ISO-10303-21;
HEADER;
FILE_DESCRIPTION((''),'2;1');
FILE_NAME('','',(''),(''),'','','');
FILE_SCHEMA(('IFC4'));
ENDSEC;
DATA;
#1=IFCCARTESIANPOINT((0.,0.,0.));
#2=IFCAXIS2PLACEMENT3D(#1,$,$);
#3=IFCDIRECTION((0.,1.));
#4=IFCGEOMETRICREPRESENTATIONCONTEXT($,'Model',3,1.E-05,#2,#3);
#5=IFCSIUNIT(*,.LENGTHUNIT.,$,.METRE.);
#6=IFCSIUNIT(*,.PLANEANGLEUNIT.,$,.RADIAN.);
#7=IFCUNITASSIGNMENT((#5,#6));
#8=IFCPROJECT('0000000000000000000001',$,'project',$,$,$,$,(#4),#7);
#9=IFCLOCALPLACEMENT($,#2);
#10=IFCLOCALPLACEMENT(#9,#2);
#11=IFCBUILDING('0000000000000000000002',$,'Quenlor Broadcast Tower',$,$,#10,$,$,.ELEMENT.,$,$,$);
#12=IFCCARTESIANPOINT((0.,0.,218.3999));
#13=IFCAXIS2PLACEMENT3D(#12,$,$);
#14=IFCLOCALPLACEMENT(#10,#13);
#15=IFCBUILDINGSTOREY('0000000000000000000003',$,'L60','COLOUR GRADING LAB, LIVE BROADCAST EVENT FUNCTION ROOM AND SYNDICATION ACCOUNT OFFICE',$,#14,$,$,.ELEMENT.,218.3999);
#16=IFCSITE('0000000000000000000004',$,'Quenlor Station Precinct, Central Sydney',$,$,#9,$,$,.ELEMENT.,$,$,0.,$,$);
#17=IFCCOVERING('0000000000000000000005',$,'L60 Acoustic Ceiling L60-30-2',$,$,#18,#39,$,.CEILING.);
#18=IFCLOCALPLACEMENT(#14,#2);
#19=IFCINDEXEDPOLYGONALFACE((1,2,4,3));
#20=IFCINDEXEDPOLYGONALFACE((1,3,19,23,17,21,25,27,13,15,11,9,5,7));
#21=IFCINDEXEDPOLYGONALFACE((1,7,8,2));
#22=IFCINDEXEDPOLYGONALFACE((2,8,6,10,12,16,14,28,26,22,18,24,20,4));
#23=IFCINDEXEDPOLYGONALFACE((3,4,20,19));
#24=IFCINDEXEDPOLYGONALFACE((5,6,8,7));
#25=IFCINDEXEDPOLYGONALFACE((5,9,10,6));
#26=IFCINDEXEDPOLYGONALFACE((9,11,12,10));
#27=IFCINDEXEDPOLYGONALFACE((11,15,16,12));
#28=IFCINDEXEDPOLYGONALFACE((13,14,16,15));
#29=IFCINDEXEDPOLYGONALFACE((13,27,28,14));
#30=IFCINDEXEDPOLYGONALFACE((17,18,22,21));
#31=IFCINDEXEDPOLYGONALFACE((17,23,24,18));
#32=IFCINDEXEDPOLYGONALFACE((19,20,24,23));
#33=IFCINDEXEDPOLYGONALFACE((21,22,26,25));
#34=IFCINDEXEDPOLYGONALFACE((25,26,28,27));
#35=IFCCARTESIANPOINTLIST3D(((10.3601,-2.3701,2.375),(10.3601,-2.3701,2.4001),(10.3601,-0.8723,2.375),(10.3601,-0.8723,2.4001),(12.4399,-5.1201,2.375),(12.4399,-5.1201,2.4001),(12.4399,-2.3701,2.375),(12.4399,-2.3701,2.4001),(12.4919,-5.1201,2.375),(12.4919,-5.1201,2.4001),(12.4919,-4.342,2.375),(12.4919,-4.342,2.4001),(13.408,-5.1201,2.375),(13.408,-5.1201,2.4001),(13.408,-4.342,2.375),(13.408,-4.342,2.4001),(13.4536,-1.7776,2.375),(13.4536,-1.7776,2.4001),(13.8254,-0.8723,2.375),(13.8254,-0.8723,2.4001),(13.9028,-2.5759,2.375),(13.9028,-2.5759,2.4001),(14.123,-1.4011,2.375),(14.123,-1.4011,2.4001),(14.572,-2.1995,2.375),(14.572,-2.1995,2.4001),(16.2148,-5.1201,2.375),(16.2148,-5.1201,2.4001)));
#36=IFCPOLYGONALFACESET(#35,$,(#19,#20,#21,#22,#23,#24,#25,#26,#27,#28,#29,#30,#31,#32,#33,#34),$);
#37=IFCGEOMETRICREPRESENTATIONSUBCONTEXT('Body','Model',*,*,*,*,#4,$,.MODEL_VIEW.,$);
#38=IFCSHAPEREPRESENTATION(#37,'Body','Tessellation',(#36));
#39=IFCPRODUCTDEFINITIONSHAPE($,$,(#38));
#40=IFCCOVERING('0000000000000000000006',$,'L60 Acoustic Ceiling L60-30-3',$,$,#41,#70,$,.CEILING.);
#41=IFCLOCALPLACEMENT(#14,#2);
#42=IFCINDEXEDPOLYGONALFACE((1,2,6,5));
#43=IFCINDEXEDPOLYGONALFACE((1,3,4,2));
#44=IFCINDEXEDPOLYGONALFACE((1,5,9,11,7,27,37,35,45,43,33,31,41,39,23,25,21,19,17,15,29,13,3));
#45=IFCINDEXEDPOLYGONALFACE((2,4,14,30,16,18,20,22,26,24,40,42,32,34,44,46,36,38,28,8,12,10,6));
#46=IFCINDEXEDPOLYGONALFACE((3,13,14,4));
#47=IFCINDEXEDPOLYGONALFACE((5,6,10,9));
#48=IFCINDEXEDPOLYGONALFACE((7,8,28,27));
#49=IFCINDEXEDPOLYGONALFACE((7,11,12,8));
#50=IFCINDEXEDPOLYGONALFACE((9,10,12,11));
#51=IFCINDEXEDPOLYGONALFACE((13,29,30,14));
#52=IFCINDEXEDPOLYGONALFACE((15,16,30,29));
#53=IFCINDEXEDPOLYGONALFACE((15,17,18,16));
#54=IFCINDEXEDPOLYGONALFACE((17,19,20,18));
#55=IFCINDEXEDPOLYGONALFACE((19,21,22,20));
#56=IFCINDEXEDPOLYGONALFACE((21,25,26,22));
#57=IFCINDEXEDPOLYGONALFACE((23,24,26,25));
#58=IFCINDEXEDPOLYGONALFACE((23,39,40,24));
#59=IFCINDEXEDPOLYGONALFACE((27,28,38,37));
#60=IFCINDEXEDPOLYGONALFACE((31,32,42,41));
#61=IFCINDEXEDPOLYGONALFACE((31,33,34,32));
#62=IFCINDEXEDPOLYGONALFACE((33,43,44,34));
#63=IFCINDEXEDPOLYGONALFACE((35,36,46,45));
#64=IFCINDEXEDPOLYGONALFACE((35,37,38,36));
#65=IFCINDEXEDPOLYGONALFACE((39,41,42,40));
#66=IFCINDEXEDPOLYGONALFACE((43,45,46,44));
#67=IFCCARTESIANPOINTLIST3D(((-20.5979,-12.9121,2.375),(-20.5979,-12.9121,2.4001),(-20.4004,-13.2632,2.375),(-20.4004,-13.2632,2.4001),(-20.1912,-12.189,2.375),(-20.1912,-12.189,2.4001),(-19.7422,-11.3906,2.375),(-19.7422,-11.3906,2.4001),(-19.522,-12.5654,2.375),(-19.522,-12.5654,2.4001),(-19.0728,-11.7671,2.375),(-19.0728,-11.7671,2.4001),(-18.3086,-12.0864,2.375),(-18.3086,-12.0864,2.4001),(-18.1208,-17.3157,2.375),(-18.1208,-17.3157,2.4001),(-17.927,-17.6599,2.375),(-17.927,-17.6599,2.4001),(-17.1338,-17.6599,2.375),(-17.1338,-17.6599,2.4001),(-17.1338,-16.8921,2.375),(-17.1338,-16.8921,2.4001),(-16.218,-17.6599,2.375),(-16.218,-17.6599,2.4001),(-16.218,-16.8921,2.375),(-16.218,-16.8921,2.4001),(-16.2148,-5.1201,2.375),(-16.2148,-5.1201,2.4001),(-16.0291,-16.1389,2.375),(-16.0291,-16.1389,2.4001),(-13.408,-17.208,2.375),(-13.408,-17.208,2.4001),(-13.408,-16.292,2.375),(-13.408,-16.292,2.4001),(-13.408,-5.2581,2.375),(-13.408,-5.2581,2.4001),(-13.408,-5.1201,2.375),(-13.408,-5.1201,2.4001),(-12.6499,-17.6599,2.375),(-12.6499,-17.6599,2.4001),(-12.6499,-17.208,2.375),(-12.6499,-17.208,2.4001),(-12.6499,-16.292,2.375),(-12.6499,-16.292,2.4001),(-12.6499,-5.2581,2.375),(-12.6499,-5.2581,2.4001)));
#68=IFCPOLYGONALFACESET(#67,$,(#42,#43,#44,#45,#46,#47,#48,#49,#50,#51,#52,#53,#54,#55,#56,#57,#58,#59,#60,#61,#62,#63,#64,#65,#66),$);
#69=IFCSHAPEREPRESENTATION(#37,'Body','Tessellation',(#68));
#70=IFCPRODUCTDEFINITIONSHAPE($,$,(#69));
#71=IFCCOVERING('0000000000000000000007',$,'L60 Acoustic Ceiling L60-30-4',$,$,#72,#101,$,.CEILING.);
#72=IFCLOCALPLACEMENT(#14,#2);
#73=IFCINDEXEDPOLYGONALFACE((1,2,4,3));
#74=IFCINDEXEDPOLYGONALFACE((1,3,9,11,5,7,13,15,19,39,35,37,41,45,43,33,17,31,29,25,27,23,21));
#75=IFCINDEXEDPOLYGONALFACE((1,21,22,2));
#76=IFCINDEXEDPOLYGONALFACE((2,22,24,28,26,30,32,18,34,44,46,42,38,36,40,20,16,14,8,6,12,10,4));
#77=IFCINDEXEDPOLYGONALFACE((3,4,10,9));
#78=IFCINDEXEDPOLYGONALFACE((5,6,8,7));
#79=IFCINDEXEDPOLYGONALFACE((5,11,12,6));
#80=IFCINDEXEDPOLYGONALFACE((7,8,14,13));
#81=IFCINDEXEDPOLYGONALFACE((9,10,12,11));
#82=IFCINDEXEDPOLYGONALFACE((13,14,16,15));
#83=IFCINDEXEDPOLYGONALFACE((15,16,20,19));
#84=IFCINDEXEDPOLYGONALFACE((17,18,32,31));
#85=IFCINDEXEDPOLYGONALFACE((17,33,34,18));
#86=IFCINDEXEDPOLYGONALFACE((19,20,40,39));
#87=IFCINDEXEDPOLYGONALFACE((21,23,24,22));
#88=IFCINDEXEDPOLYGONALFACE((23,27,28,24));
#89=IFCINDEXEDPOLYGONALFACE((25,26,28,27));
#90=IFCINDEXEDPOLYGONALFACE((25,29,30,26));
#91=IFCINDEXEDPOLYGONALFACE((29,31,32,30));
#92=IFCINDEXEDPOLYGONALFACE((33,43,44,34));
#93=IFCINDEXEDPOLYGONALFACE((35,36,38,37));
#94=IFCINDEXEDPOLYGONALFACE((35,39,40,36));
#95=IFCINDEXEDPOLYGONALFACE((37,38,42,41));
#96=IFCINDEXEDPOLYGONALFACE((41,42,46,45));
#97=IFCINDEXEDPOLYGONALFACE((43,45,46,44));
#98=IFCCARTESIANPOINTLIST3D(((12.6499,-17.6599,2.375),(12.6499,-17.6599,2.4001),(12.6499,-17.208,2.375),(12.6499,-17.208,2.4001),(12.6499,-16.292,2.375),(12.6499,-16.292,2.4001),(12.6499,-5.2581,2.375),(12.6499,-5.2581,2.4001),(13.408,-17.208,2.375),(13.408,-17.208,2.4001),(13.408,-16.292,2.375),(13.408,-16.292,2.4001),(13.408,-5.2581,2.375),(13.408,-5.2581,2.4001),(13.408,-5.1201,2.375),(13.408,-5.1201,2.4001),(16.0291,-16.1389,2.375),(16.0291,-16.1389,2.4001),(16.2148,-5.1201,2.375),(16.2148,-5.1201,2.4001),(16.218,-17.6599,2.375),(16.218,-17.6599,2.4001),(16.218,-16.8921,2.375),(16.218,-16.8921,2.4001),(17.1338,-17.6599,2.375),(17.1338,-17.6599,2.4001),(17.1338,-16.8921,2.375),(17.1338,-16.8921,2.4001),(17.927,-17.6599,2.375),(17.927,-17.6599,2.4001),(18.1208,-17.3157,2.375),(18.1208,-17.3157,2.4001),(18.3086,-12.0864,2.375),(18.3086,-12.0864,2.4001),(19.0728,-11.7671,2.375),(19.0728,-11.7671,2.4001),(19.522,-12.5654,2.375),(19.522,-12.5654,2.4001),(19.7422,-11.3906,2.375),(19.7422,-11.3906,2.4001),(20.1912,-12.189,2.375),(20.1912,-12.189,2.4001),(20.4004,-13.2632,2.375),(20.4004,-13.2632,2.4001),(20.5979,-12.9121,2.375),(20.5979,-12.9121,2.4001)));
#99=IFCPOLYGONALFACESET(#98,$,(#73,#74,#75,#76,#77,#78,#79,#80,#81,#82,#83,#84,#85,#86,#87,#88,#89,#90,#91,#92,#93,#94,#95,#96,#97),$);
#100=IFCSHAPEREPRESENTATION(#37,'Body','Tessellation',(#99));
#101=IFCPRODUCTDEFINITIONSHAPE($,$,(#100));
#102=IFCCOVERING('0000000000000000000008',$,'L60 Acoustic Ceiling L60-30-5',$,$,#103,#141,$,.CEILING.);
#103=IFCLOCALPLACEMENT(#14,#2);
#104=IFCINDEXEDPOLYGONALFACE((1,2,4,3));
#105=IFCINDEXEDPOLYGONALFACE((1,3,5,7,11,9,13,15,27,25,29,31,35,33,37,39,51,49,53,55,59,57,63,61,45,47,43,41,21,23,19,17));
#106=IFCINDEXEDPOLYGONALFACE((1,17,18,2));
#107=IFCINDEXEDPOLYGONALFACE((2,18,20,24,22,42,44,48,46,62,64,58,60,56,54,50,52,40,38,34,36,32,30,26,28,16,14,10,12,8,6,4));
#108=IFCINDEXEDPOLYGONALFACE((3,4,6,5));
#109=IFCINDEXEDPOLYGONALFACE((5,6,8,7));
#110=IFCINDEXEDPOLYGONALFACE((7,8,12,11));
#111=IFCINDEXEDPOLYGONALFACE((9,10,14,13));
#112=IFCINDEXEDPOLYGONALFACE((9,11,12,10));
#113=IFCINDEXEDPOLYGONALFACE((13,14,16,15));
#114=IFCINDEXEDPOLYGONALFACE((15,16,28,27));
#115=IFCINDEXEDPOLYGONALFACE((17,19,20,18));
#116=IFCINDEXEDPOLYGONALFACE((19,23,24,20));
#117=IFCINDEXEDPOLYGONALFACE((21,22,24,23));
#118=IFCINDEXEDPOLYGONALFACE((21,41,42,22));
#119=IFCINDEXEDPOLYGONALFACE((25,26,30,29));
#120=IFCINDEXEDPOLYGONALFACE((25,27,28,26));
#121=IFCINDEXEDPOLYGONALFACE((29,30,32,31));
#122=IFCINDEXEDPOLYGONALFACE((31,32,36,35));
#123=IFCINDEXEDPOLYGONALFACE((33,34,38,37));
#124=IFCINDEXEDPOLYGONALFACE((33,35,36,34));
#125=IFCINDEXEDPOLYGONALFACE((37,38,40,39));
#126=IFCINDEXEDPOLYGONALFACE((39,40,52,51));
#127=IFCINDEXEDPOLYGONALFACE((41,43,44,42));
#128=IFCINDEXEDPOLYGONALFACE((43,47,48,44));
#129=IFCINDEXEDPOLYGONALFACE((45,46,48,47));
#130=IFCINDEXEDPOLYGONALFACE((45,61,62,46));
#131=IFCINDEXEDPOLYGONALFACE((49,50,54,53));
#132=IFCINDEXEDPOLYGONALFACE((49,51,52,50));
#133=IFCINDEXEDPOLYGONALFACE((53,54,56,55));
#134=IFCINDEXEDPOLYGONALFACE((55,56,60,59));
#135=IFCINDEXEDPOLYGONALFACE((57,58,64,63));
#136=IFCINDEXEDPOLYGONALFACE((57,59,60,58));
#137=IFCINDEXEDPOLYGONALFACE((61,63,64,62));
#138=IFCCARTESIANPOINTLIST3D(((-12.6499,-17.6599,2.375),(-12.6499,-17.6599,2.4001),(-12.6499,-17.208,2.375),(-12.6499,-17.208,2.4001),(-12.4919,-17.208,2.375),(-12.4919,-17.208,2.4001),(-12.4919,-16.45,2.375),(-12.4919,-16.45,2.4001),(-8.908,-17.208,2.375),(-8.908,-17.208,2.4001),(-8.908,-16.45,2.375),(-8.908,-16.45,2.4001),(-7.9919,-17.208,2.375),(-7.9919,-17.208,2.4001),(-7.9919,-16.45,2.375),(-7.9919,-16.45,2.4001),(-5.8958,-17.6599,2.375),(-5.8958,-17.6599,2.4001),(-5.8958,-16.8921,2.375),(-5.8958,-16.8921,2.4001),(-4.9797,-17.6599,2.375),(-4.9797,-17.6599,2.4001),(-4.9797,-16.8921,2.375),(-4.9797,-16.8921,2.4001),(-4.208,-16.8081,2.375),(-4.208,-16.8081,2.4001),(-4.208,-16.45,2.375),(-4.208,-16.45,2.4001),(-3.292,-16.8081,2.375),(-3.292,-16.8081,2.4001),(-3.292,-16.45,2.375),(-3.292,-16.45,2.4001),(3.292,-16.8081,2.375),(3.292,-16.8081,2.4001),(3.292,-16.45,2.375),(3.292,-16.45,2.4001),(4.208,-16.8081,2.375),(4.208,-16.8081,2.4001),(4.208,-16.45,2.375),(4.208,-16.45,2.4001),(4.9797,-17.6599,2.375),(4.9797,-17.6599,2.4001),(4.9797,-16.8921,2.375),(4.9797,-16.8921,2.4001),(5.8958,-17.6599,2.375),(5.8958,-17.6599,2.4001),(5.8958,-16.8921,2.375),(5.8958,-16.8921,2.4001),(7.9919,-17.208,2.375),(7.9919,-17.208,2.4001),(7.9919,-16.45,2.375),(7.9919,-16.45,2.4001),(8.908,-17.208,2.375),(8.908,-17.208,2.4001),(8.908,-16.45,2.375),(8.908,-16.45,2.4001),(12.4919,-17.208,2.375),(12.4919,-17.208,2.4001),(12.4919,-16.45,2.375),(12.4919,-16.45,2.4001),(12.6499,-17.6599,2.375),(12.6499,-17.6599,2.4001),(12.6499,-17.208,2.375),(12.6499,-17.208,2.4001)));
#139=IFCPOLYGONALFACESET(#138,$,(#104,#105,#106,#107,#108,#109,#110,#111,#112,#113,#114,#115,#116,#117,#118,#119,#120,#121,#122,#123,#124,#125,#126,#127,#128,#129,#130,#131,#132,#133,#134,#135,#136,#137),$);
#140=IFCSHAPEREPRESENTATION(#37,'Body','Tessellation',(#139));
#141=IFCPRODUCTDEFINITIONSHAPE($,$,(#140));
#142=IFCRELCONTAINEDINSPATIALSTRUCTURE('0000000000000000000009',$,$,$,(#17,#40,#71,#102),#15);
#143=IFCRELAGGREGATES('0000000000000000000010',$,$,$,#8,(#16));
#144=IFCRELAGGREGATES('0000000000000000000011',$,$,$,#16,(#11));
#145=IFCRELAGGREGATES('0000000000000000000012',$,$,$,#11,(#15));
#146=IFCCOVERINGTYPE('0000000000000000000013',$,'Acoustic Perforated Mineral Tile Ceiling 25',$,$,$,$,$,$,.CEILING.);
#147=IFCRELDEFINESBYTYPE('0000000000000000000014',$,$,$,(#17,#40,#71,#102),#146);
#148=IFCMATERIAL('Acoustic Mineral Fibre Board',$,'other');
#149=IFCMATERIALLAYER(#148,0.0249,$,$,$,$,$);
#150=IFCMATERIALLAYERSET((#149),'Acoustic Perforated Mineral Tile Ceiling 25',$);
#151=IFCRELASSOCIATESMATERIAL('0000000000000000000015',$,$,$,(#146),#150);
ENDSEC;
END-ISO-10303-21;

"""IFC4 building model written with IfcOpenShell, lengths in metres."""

from ifc_helpers import new_model, si_unit, direction, frame, origin, place, context, subcontext, project, spatial, polyline, outline, extrude, material, layer, layer_set, type_object, element, save


model = new_model("IFC4")

# Units and contexts
model_context = context("Model", 3, precision=1e-05, world=origin(), true_north=direction((0.0, 1.0)))
body_context = subcontext(model_context, "Body", "Model", "MODEL_VIEW")
ifc_project = project(units=[si_unit("LENGTHUNIT", "METRE"), si_unit("PLANEANGLEUNIT", "RADIAN")], contexts=[model_context])

# Site, building, storey
site_placement = place(None, origin())
site = spatial("IfcSite", under=ifc_project, at=site_placement, Name="Quenlor Station Precinct, Central Sydney", CompositionType="ELEMENT", RefElevation=0.0)
building_placement = place(site_placement, origin())
building = spatial("IfcBuilding", under=site, at=building_placement, Name="Quenlor Broadcast Tower", CompositionType="ELEMENT")
storey_placement = place(building_placement, frame((0.0, 0.0, 218.3999)))
storey = spatial("IfcBuildingStorey", under=building, at=storey_placement, Name="L60", Description="COLOUR GRADING LAB, LIVE BROADCAST EVENT FUNCTION ROOM AND SYNDICATION ACCOUNT OFFICE", CompositionType="ELEMENT", Elevation=218.3999)

# Coverings
ifc_material_1 = material(Name="Acoustic Mineral Fibre Board", Category="other")
ifc_layer_1 = layer(ifc_material_1, 0.0249)
ifc_layer_set_1 = layer_set([ifc_layer_1], Name="Acoustic Perforated Mineral Tile Ceiling 25")
covering_type = type_object("IfcCoveringType", Name="Acoustic Perforated Mineral Tile Ceiling 25", PredefinedType="CEILING", material=ifc_layer_set_1)
covering_1_placement = place(storey_placement, frame((0.0, 0.0, 2.375)))
element("IfcCovering", 1, at=covering_1_placement, inside=storey, type_object=covering_type, Name="L60 Acoustic Ceiling L60-30-2", PredefinedType="CEILING", context=body_context, shape_type="SweptSolid", body=[
    extrude(outline(polyline([(13.408, -4.342), (12.4919, -4.342), (12.4919, -5.1201), (12.4399, -5.1201), (12.4399, -2.3701), (10.3601, -2.3701), (10.3601, -0.8723), (13.8254, -0.8723), (14.123, -1.4011), (13.4536, -1.7776), (13.9028, -2.5759), (14.572, -2.1995), (16.2148, -5.1201), (13.408, -5.1201), (13.408, -4.342)])), origin(), (0.0, 0.0, 1.0), 0.0251),
])
covering_2_placement = place(storey_placement, frame((0.0, 0.0, 2.375)))
element("IfcCovering", 2, at=covering_2_placement, inside=storey, type_object=covering_type, Name="L60 Acoustic Ceiling L60-30-3", PredefinedType="CEILING", context=body_context, shape_type="SweptSolid", body=[
    extrude(outline(polyline([(-20.5979, -12.9121), (-20.1912, -12.189), (-19.522, -12.5654), (-19.0728, -11.7671), (-19.7422, -11.3906), (-16.2148, -5.1201), (-13.408, -5.1201), (-13.408, -5.2581), (-12.6499, -5.2581), (-12.6499, -16.292), (-13.408, -16.292), (-13.408, -17.208), (-12.6499, -17.208), (-12.6499, -17.6599), (-16.218, -17.6599), (-16.218, -16.8921), (-17.1338, -16.8921), (-17.1338, -17.6599), (-17.927, -17.6599), (-18.1208, -17.3157), (-16.0291, -16.1389), (-18.3086, -12.0864), (-20.4004, -13.2632), (-20.5979, -12.9121)])), origin(), (0.0, 0.0, 1.0), 0.0251),
])
covering_3_placement = place(storey_placement, frame((0.0, 0.0, 2.375)))
element("IfcCovering", 3, at=covering_3_placement, inside=storey, type_object=covering_type, Name="L60 Acoustic Ceiling L60-30-4", PredefinedType="CEILING", context=body_context, shape_type="SweptSolid", body=[
    extrude(outline(polyline([(13.408, -17.208), (13.408, -16.292), (12.6499, -16.292), (12.6499, -5.2581), (13.408, -5.2581), (13.408, -5.1201), (16.2148, -5.1201), (19.7422, -11.3906), (19.0728, -11.7671), (19.522, -12.5654), (20.1912, -12.189), (20.5979, -12.9121), (20.4004, -13.2632), (18.3086, -12.0864), (16.0291, -16.1389), (18.1208, -17.3157), (17.927, -17.6599), (17.1338, -17.6599), (17.1338, -16.8921), (16.218, -16.8921), (16.218, -17.6599), (12.6499, -17.6599), (12.6499, -17.208), (13.408, -17.208)])), origin(), (0.0, 0.0, 1.0), 0.0251),
])
covering_4_placement = place(storey_placement, frame((0.0, 0.0, 2.375)))
element("IfcCovering", 4, at=covering_4_placement, inside=storey, type_object=covering_type, Name="L60 Acoustic Ceiling L60-30-5", PredefinedType="CEILING", context=body_context, shape_type="SweptSolid", body=[
    extrude(outline(polyline([(-12.4919, -17.208), (-12.4919, -16.45), (-8.908, -16.45), (-8.908, -17.208), (-7.9919, -17.208), (-7.9919, -16.45), (-4.208, -16.45), (-4.208, -16.8081), (-3.292, -16.8081), (-3.292, -16.45), (3.292, -16.45), (3.292, -16.8081), (4.208, -16.8081), (4.208, -16.45), (7.9919, -16.45), (7.9919, -17.208), (8.908, -17.208), (8.908, -16.45), (12.4919, -16.45), (12.4919, -17.208), (12.6499, -17.208), (12.6499, -17.6599), (5.8958, -17.6599), (5.8958, -16.8921), (4.9797, -16.8921), (4.9797, -17.6599), (-4.9797, -17.6599), (-4.9797, -16.8921), (-5.8958, -16.8921), (-5.8958, -17.6599), (-12.6499, -17.6599), (-12.6499, -17.208), (-12.4919, -17.208)])), origin(), (0.0, 0.0, 1.0), 0.0251),
])

save(model, "model.ifc")
